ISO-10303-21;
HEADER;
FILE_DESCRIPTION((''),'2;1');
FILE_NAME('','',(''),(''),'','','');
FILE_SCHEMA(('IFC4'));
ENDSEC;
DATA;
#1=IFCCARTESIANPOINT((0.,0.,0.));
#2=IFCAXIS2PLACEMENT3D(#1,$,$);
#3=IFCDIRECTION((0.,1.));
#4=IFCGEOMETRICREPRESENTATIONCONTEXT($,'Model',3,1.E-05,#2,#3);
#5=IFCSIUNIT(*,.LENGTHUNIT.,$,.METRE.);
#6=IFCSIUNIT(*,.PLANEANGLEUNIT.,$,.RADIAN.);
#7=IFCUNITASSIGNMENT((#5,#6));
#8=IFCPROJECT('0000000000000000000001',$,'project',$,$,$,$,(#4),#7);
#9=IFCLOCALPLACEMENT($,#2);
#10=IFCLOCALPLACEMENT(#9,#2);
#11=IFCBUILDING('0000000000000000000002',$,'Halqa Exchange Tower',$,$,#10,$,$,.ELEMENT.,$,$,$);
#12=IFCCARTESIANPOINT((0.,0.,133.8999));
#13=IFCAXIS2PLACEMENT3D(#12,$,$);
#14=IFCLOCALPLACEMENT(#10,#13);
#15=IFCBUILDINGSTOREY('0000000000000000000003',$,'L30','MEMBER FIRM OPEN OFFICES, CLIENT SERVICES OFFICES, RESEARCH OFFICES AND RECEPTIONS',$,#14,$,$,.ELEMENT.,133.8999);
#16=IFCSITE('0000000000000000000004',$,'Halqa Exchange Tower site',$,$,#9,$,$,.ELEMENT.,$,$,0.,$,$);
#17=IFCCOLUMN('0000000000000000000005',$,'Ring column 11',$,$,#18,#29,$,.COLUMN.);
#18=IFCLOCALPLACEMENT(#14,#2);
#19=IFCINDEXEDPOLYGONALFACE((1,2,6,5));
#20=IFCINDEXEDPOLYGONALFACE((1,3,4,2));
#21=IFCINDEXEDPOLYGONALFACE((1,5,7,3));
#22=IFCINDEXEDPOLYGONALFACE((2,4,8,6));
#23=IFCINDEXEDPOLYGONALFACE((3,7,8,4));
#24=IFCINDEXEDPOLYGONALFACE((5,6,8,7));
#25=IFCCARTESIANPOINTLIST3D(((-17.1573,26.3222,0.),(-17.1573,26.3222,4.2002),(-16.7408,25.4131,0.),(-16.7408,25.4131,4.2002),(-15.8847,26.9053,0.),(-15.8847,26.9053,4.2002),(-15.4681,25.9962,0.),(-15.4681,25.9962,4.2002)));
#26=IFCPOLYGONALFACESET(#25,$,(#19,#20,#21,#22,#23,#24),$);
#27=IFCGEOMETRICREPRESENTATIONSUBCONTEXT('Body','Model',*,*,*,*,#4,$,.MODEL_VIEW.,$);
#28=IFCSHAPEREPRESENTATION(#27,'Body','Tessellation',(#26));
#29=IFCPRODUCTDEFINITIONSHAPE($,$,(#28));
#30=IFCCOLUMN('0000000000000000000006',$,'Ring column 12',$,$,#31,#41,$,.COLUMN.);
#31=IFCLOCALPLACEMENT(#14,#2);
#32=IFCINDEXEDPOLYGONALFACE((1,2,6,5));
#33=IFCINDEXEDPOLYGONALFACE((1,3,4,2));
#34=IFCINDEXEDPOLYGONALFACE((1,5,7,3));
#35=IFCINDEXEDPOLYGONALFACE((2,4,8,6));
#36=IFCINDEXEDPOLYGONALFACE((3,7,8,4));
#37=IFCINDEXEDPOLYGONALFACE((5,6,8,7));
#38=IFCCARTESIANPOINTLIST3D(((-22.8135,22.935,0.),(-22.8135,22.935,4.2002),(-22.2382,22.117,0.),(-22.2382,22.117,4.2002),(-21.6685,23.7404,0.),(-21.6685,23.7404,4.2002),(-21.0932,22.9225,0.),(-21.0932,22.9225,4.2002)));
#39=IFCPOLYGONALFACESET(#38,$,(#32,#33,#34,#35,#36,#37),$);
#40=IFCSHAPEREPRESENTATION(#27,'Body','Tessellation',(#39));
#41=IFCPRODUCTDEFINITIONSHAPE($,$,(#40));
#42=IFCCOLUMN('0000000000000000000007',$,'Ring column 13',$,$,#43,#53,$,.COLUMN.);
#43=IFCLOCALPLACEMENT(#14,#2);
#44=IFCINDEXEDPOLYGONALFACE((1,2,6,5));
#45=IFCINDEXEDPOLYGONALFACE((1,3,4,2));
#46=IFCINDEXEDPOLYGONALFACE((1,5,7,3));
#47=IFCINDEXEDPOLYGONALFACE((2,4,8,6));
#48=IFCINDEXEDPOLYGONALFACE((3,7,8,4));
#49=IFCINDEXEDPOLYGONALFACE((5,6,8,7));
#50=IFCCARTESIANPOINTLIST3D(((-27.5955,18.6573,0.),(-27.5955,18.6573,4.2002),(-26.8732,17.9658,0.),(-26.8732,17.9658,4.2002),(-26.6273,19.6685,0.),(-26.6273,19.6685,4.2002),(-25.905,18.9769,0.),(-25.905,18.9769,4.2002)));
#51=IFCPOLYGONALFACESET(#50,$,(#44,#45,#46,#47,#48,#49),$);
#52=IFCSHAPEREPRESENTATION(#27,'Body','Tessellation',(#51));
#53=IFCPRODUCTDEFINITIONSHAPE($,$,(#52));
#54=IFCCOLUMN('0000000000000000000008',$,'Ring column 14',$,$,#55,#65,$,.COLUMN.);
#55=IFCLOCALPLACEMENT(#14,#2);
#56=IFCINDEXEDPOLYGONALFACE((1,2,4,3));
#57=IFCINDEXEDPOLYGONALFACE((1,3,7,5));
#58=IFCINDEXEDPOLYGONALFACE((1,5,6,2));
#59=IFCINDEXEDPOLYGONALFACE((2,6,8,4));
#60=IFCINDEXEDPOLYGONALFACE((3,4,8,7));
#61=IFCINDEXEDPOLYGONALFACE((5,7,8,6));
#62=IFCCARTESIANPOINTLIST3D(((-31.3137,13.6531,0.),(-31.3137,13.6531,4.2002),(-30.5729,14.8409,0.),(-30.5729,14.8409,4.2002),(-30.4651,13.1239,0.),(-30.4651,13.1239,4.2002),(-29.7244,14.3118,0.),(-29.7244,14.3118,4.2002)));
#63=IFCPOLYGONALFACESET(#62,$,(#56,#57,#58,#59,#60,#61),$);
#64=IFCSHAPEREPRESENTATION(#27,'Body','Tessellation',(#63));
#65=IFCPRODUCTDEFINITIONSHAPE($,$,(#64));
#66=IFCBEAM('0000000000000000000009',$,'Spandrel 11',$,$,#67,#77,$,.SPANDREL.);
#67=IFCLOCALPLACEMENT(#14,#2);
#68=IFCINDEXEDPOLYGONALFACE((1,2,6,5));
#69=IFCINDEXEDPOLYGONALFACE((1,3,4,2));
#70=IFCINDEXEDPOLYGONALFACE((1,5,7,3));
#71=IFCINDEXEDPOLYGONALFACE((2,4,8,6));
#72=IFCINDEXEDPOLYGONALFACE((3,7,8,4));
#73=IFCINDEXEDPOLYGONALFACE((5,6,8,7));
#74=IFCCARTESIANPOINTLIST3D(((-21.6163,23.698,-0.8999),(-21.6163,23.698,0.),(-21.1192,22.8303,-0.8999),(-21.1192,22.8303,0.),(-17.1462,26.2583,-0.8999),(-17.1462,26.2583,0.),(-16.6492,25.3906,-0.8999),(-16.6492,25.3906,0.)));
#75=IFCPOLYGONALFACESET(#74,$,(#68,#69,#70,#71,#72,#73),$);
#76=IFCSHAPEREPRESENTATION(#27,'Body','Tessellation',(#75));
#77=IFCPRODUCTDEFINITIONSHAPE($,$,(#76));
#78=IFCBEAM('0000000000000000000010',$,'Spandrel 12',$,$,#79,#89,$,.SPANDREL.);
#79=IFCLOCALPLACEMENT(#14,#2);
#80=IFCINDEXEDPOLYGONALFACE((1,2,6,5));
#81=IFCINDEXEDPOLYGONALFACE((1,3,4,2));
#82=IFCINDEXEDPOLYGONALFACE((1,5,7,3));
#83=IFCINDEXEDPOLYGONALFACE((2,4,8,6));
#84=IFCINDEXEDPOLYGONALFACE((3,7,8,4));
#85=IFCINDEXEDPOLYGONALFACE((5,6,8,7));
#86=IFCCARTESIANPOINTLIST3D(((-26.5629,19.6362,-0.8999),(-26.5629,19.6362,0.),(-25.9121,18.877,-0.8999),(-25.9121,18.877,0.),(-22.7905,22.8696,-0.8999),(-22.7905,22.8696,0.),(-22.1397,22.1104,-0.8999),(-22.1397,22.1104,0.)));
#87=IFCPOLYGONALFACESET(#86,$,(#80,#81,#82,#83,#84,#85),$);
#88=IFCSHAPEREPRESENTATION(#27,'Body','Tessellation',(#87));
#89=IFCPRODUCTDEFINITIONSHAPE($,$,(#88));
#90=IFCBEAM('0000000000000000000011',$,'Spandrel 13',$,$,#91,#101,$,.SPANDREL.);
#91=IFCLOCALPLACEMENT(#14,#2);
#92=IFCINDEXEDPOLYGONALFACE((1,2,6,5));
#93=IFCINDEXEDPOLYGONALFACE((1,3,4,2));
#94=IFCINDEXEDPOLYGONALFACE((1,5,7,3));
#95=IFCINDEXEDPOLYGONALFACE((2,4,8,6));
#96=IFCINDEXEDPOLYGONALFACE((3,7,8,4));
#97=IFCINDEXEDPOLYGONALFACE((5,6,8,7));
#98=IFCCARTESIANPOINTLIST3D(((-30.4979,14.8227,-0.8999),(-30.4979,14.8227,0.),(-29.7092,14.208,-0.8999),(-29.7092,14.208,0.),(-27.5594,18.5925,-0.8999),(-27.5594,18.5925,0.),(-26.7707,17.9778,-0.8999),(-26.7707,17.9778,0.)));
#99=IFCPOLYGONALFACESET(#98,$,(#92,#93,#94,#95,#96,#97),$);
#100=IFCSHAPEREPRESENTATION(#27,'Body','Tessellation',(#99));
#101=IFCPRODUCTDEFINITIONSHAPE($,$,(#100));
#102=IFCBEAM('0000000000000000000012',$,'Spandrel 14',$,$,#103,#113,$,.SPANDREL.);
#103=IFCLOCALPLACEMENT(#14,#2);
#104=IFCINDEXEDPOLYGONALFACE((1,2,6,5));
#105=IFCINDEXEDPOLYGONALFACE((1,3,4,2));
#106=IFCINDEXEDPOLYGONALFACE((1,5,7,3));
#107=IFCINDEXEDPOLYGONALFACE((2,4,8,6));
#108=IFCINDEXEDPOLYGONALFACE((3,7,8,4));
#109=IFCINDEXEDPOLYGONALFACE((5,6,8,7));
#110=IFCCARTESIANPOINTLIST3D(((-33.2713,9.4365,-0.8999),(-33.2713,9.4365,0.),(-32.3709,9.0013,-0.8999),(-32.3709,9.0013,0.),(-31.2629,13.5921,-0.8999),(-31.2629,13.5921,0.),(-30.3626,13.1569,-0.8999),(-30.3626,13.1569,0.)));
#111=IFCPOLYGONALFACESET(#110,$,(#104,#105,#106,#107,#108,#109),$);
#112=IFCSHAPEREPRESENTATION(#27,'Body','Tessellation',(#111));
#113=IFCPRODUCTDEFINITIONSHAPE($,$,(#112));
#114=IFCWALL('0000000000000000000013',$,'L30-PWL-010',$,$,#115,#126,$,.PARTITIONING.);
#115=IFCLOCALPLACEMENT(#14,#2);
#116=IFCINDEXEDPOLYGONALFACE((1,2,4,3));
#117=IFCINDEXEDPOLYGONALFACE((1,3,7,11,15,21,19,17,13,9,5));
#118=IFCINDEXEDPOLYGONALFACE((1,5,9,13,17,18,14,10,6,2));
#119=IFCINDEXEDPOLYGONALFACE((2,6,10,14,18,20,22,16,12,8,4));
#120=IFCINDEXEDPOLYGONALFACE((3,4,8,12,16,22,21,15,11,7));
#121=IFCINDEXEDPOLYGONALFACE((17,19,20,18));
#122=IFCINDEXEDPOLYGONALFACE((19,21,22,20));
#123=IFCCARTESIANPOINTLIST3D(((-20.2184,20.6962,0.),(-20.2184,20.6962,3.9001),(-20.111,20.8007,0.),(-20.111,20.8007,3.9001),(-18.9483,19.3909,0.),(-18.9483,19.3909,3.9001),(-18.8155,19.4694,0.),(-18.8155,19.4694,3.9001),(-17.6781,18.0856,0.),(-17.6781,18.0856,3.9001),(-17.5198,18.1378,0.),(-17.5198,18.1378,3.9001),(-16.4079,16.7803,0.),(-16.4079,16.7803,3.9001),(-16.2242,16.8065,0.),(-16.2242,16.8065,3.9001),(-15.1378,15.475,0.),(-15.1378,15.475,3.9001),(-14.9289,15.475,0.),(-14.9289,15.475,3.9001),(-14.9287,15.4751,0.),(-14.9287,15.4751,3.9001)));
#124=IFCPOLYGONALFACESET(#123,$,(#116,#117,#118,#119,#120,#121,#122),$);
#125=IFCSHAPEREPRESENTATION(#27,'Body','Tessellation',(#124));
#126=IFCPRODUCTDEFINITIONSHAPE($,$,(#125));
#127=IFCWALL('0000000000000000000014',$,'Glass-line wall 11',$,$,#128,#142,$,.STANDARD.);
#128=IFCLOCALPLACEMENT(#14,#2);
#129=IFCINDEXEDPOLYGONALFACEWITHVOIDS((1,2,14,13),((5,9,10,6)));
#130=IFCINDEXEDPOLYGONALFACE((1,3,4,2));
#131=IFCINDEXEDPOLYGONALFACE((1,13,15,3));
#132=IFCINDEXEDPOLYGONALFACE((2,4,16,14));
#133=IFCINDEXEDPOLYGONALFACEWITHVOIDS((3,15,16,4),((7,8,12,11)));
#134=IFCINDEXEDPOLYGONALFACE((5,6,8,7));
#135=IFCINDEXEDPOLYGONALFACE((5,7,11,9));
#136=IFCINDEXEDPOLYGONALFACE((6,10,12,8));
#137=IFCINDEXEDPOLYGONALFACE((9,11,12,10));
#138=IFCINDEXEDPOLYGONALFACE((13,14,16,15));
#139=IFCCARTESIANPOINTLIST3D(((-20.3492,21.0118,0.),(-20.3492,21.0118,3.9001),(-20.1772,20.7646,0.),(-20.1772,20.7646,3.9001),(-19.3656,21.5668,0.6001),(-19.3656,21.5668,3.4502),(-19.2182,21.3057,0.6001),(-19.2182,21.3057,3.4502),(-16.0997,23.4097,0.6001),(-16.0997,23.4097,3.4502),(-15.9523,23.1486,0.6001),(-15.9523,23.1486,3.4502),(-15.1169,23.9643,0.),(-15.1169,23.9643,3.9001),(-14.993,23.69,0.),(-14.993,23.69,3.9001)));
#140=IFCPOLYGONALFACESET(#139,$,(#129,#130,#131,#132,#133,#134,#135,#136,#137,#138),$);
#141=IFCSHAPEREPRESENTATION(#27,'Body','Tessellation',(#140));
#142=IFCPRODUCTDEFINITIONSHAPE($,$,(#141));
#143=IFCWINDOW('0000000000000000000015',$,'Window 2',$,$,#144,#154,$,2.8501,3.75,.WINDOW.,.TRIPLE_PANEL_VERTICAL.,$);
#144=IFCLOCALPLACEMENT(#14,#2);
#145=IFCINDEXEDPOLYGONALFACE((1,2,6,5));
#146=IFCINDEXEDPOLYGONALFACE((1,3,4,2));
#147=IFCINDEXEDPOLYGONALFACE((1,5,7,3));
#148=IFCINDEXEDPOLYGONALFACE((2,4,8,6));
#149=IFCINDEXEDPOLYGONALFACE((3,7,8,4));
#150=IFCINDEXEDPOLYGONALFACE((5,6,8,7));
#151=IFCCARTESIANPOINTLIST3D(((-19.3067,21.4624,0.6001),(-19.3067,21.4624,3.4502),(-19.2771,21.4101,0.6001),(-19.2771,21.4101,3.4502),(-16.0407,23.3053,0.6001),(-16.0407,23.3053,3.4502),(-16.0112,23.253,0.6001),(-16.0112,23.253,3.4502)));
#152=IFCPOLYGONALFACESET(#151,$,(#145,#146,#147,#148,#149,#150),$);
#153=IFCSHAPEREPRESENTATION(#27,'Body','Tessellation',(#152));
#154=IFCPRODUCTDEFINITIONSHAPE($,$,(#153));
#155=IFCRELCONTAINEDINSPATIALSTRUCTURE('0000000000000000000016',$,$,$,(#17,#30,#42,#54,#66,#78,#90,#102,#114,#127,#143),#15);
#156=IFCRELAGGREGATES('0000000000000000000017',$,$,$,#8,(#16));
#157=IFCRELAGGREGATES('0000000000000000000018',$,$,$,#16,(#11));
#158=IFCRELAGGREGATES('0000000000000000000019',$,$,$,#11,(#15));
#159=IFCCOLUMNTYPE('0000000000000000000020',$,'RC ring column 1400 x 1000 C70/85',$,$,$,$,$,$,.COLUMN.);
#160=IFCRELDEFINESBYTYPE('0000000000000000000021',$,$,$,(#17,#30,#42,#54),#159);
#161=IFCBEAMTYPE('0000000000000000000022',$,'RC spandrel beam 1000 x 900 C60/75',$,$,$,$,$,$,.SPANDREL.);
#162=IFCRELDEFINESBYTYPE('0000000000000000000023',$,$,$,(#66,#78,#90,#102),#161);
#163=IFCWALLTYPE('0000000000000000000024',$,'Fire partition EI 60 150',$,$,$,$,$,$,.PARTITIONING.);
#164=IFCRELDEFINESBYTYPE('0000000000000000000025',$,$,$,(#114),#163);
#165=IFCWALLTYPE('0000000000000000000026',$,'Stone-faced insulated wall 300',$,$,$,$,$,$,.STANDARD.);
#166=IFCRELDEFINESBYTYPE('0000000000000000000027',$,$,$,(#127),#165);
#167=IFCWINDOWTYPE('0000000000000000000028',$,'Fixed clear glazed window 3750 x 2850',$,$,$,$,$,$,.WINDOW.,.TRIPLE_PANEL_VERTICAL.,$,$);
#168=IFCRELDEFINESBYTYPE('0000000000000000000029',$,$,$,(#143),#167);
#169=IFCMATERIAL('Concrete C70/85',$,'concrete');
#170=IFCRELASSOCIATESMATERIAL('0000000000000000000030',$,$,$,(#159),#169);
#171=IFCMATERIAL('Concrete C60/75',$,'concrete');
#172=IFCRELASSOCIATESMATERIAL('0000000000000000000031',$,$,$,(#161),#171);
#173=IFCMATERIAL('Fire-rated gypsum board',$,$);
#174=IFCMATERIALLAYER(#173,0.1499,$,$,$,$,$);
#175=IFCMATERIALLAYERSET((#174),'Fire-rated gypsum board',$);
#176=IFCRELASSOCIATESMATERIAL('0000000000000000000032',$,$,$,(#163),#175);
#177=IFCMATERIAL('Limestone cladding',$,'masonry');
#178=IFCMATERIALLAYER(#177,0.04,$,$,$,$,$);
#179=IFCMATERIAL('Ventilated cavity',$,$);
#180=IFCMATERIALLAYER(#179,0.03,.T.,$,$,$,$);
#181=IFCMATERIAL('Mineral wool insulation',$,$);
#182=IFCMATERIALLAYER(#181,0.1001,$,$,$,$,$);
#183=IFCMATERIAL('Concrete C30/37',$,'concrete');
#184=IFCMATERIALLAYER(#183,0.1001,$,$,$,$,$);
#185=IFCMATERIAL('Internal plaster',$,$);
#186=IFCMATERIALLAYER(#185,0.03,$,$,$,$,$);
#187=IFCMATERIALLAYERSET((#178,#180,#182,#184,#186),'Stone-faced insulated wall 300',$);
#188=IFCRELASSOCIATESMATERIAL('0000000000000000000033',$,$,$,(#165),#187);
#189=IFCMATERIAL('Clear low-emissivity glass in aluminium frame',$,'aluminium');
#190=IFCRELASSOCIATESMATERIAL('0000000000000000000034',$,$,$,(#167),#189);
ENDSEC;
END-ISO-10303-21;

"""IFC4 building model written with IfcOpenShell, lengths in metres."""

from ifc_helpers import new_model, si_unit, direction, frame, frame_2d, origin, origin_2d, place, context, subcontext, project, spatial, polyline, rectangle, outline, extrude, material, layer, layer_set, material_profile, profile_set, type_object, element, fill, save


model = new_model("IFC4")

# Units and contexts
model_context = context("Model", 3, precision=1e-05, world=origin(), true_north=direction((0.0, 1.0)))
body_context = subcontext(model_context, "Body", "Model", "MODEL_VIEW")
ifc_project = project(units=[si_unit("LENGTHUNIT", "METRE"), si_unit("PLANEANGLEUNIT", "RADIAN")], contexts=[model_context])

# Site, building, storey
site_placement = place(None, origin())
site = spatial("IfcSite", under=ifc_project, at=site_placement, Name="Halqa Exchange Tower site", CompositionType="ELEMENT", RefElevation=0.0)
building_placement = place(site_placement, origin())
building = spatial("IfcBuilding", under=site, at=building_placement, Name="Halqa Exchange Tower", CompositionType="ELEMENT")
storey_placement = place(building_placement, frame((0.0, 0.0, 133.8999)))
storey = spatial("IfcBuildingStorey", under=building, at=storey_placement, Name="L30", Description="MEMBER FIRM OPEN OFFICES, CLIENT SERVICES OFFICES, RESEARCH OFFICES AND RECEPTIONS", CompositionType="ELEMENT", Elevation=133.8999)

# Columns
ifc_material_1 = material(Name="Concrete C70/85", Category="concrete")
ifc_material_profile_1 = material_profile(ifc_material_1, rectangle(XDim=1.3999, YDim=1.0, at=origin_2d()), Name="1400 x 1000")
ifc_profile_set_1 = profile_set([ifc_material_profile_1], Name="Concrete C70/85")
column_type = type_object("IfcColumnType", Name="RC ring column 1400 x 1000 C70/85", PredefinedType="COLUMN", material=ifc_profile_set_1)
for number, where, z_axis, x_axis, name in (
    (1, (-16.3127, 26.1592, 0.0), (0.0, 0.0, 1.0), (-0.909126, -0.41652, 0.0), "Ring column 11"),
    (2, (-21.9534, 22.9287, 0.0), (0.0, 0.0, 1.0), (-0.81791, -0.575346, 0.0), "Ring column 12"),
    (3, (-26.7502, 18.8171, 0.0), (0.0, 0.0, 1.0), (-0.691571, -0.722308, 0.0), "Ring column 13"),
    (4, (-30.519, 13.9824, 0.0), (0.0, 0.0, 1.0), (-0.529138, -0.848536, 0.0), "Ring column 14"),
):
    element("IfcColumn", number, at=place(storey_placement, frame(where, z_axis=z_axis, x_axis=x_axis)), inside=storey, type_object=column_type, Name=name, PredefinedType="COLUMN", context=body_context, shape_type="SweptSolid", body=[
        extrude(rectangle(XDim=1.3999, YDim=1.0, at=origin_2d()), origin(), (0.0, 0.0, 1.0), 4.2002),
    ])

# Beams
ifc_material_2 = material(Name="Concrete C60/75", Category="concrete")
ifc_material_profile_2 = material_profile(ifc_material_2, rectangle(XDim=1.0, YDim=0.8999, at=origin_2d()), Name="1000 x 900")
ifc_profile_set_2 = profile_set([ifc_material_profile_2], Name="Concrete C60/75")
beam_type = type_object("IfcBeamType", Name="RC spandrel beam 1000 x 900 C60/75", PredefinedType="SPANDREL", material=ifc_profile_set_2)
beam_1_placement = place(storey_placement, frame((-16.8977, 25.8245, -0.45), z_axis=(-0.867738, -0.497022, 0.0), x_axis=(0.497022, -0.867738, 0.0)))
element("IfcBeam", 5, at=beam_1_placement, inside=storey, type_object=beam_type, Name="Spandrel 11", PredefinedType="SPANDREL", context=body_context, shape_type="SweptSolid", body=[
    extrude(rectangle(XDim=1.0, YDim=0.8999, at=origin_2d()), origin(), (0.0, 0.0, 1.0), 5.1514),
])
beam_2_placement = place(storey_placement, frame((-22.4651, 22.49, -0.45), z_axis=(-0.75927, -0.650775, 0.0), x_axis=(0.650775, -0.75927, 0.0)))
element("IfcBeam", 6, at=beam_2_placement, inside=storey, type_object=beam_type, Name="Spandrel 12", PredefinedType="SPANDREL", context=body_context, shape_type="SweptSolid", body=[
    extrude(rectangle(XDim=1.0, YDim=0.8999, at=origin_2d()), origin(), (0.0, 0.0, 1.0), 4.9685),
])
beam_3_placement = place(storey_placement, frame((-27.165, 18.2852, -0.45), z_axis=(-0.614778, -0.7887, 0.0), x_axis=(0.7887, -0.614778, 0.0)))
element("IfcBeam", 7, at=beam_3_placement, inside=storey, type_object=beam_type, Name="Spandrel 13", PredefinedType="SPANDREL", context=body_context, shape_type="SweptSolid", body=[
    extrude(rectangle(XDim=1.0, YDim=0.8999, at=origin_2d()), origin(), (0.0, 0.0, 1.0), 4.7798),
])
beam_4_placement = place(storey_placement, frame((-30.8127, 13.3745, -0.45), z_axis=(-0.435134, -0.900366, 0.0), x_axis=(0.900366, -0.435134, 0.0)))
element("IfcBeam", 8, at=beam_4_placement, inside=storey, type_object=beam_type, Name="Spandrel 14", PredefinedType="SPANDREL", context=body_context, shape_type="SweptSolid", body=[
    extrude(rectangle(XDim=1.0, YDim=0.8999, at=origin_2d()), origin(), (0.0, 0.0, 1.0), 4.6155),
])

# Shared definitions
ifc_material_3 = material(Name="Fire-rated gypsum board")
ifc_layer_1 = layer(ifc_material_3, 0.1499)
ifc_layer_set_1 = layer_set([ifc_layer_1], Name="Fire-rated gypsum board")
wall_type_1 = type_object("IfcWallType", Name="Fire partition EI 60 150", PredefinedType="PARTITIONING", material=ifc_layer_set_1)

# Wall
wall_1_placement = place(storey_placement, frame((-14.9824, 15.4229, 0.0), z_axis=(0.0, 0.0, 1.0), x_axis=(-0.697398, 0.716684, 0.0)))
element("IfcWall", 9, at=wall_1_placement, inside=storey, type_object=wall_type_1, Name="L30-PWL-010", PredefinedType="PARTITIONING", context=body_context, shape_type="SweptSolid", body=[
    extrude(outline(polyline([(7.4309, 0.075), (5.6096, 0.075), (3.7883, 0.075), (1.967, 0.075), (0.1458, 0.075), (0.0, -0.0747), (0.0, -0.075), (1.8577, -0.075), (3.7153, -0.075), (5.5732, -0.075), (7.4309, -0.075), (7.4309, 0.075)])), origin(), (0.0, 0.0, 1.0), 3.9001),
])

# Wall, opening, window
ifc_material_4 = material(Name="Limestone cladding", Category="masonry")
ifc_layer_2 = layer(ifc_material_4, 0.04)
ifc_material_5 = material(Name="Ventilated cavity")
ifc_layer_3 = layer(ifc_material_5, 0.03, ventilated=True)
ifc_material_6 = material(Name="Mineral wool insulation")
ifc_layer_4 = layer(ifc_material_6, 0.1001)
ifc_material_7 = material(Name="Concrete C30/37", Category="concrete")
ifc_layer_5 = layer(ifc_material_7, 0.1001)
ifc_material_8 = material(Name="Internal plaster")
ifc_layer_6 = layer(ifc_material_8, 0.03)
ifc_layer_set_2 = layer_set([ifc_layer_2, ifc_layer_3, ifc_layer_4, ifc_layer_5, ifc_layer_6], Name="Stone-faced insulated wall 300")
wall_type_2 = type_object("IfcWallType", Name="Stone-faced insulated wall 300", PredefinedType="STANDARD", material=ifc_layer_set_2)
wall_2_placement = place(storey_placement, frame((-15.0549, 23.8271, 0.0), z_axis=(0.0, 0.0, 1.0), x_axis=(-0.870909, -0.491445, 0.0)))
wall_2 = element("IfcWall", 10, at=wall_2_placement, inside=storey, type_object=wall_type_2, Name="Glass-line wall 11", PredefinedType="STANDARD", context=body_context, shape_type="SweptSolid", body=[
    extrude(outline(polyline([(-0.0134, -0.1499), (5.9944, -0.1499), (5.9661, 0.1499), (0.0134, 0.1499), (-0.0134, -0.1499)])), origin(), (0.0, 0.0, 1.0), 3.9001),
])
opening_1_placement = place(wall_2_placement, frame((1.115, 0.0, 0.6001)))
opening_1 = element("IfcOpeningElement", 11, at=opening_1_placement, cuts=wall_2, PredefinedType="OPENING", context=body_context, shape_type="SweptSolid", body=[
    extrude(rectangle(XDim=3.75, YDim=2.8501, at=frame_2d((1.875, 1.425))), frame((0.0, 0.1621, 0.0), z_axis=(0.0, -1.0, 0.0), x_axis=(1.0, 0.0, 0.0)), (0.0, 0.0, 1.0), 0.324),
])
ifc_material_9 = material(Name="Clear low-emissivity glass in aluminium frame", Category="aluminium")
window_type = type_object("IfcWindowType", Name="Fixed clear glazed window 3750 x 2850", PartitioningType="TRIPLE_PANEL_VERTICAL", PredefinedType="WINDOW", material=ifc_material_9)
window_1_placement = place(opening_1_placement, origin())
window_1 = element("IfcWindow", 12, at=window_1_placement, inside=storey, type_object=window_type, Name="Window 2", OverallHeight=2.8501, OverallWidth=3.75, PartitioningType="TRIPLE_PANEL_VERTICAL", PredefinedType="WINDOW", context=body_context, shape_type="SweptSolid", body=[
    extrude(rectangle(XDim=3.75, YDim=2.8501, at=frame_2d((1.875, 1.425))), frame((0.0, 0.03, 0.0), z_axis=(0.0, -1.0, 0.0), x_axis=(1.0, 0.0, 0.0)), (0.0, 0.0, 1.0), 0.0601),
])
fill(opening_1, window_1)

save(model, "model.ifc")
